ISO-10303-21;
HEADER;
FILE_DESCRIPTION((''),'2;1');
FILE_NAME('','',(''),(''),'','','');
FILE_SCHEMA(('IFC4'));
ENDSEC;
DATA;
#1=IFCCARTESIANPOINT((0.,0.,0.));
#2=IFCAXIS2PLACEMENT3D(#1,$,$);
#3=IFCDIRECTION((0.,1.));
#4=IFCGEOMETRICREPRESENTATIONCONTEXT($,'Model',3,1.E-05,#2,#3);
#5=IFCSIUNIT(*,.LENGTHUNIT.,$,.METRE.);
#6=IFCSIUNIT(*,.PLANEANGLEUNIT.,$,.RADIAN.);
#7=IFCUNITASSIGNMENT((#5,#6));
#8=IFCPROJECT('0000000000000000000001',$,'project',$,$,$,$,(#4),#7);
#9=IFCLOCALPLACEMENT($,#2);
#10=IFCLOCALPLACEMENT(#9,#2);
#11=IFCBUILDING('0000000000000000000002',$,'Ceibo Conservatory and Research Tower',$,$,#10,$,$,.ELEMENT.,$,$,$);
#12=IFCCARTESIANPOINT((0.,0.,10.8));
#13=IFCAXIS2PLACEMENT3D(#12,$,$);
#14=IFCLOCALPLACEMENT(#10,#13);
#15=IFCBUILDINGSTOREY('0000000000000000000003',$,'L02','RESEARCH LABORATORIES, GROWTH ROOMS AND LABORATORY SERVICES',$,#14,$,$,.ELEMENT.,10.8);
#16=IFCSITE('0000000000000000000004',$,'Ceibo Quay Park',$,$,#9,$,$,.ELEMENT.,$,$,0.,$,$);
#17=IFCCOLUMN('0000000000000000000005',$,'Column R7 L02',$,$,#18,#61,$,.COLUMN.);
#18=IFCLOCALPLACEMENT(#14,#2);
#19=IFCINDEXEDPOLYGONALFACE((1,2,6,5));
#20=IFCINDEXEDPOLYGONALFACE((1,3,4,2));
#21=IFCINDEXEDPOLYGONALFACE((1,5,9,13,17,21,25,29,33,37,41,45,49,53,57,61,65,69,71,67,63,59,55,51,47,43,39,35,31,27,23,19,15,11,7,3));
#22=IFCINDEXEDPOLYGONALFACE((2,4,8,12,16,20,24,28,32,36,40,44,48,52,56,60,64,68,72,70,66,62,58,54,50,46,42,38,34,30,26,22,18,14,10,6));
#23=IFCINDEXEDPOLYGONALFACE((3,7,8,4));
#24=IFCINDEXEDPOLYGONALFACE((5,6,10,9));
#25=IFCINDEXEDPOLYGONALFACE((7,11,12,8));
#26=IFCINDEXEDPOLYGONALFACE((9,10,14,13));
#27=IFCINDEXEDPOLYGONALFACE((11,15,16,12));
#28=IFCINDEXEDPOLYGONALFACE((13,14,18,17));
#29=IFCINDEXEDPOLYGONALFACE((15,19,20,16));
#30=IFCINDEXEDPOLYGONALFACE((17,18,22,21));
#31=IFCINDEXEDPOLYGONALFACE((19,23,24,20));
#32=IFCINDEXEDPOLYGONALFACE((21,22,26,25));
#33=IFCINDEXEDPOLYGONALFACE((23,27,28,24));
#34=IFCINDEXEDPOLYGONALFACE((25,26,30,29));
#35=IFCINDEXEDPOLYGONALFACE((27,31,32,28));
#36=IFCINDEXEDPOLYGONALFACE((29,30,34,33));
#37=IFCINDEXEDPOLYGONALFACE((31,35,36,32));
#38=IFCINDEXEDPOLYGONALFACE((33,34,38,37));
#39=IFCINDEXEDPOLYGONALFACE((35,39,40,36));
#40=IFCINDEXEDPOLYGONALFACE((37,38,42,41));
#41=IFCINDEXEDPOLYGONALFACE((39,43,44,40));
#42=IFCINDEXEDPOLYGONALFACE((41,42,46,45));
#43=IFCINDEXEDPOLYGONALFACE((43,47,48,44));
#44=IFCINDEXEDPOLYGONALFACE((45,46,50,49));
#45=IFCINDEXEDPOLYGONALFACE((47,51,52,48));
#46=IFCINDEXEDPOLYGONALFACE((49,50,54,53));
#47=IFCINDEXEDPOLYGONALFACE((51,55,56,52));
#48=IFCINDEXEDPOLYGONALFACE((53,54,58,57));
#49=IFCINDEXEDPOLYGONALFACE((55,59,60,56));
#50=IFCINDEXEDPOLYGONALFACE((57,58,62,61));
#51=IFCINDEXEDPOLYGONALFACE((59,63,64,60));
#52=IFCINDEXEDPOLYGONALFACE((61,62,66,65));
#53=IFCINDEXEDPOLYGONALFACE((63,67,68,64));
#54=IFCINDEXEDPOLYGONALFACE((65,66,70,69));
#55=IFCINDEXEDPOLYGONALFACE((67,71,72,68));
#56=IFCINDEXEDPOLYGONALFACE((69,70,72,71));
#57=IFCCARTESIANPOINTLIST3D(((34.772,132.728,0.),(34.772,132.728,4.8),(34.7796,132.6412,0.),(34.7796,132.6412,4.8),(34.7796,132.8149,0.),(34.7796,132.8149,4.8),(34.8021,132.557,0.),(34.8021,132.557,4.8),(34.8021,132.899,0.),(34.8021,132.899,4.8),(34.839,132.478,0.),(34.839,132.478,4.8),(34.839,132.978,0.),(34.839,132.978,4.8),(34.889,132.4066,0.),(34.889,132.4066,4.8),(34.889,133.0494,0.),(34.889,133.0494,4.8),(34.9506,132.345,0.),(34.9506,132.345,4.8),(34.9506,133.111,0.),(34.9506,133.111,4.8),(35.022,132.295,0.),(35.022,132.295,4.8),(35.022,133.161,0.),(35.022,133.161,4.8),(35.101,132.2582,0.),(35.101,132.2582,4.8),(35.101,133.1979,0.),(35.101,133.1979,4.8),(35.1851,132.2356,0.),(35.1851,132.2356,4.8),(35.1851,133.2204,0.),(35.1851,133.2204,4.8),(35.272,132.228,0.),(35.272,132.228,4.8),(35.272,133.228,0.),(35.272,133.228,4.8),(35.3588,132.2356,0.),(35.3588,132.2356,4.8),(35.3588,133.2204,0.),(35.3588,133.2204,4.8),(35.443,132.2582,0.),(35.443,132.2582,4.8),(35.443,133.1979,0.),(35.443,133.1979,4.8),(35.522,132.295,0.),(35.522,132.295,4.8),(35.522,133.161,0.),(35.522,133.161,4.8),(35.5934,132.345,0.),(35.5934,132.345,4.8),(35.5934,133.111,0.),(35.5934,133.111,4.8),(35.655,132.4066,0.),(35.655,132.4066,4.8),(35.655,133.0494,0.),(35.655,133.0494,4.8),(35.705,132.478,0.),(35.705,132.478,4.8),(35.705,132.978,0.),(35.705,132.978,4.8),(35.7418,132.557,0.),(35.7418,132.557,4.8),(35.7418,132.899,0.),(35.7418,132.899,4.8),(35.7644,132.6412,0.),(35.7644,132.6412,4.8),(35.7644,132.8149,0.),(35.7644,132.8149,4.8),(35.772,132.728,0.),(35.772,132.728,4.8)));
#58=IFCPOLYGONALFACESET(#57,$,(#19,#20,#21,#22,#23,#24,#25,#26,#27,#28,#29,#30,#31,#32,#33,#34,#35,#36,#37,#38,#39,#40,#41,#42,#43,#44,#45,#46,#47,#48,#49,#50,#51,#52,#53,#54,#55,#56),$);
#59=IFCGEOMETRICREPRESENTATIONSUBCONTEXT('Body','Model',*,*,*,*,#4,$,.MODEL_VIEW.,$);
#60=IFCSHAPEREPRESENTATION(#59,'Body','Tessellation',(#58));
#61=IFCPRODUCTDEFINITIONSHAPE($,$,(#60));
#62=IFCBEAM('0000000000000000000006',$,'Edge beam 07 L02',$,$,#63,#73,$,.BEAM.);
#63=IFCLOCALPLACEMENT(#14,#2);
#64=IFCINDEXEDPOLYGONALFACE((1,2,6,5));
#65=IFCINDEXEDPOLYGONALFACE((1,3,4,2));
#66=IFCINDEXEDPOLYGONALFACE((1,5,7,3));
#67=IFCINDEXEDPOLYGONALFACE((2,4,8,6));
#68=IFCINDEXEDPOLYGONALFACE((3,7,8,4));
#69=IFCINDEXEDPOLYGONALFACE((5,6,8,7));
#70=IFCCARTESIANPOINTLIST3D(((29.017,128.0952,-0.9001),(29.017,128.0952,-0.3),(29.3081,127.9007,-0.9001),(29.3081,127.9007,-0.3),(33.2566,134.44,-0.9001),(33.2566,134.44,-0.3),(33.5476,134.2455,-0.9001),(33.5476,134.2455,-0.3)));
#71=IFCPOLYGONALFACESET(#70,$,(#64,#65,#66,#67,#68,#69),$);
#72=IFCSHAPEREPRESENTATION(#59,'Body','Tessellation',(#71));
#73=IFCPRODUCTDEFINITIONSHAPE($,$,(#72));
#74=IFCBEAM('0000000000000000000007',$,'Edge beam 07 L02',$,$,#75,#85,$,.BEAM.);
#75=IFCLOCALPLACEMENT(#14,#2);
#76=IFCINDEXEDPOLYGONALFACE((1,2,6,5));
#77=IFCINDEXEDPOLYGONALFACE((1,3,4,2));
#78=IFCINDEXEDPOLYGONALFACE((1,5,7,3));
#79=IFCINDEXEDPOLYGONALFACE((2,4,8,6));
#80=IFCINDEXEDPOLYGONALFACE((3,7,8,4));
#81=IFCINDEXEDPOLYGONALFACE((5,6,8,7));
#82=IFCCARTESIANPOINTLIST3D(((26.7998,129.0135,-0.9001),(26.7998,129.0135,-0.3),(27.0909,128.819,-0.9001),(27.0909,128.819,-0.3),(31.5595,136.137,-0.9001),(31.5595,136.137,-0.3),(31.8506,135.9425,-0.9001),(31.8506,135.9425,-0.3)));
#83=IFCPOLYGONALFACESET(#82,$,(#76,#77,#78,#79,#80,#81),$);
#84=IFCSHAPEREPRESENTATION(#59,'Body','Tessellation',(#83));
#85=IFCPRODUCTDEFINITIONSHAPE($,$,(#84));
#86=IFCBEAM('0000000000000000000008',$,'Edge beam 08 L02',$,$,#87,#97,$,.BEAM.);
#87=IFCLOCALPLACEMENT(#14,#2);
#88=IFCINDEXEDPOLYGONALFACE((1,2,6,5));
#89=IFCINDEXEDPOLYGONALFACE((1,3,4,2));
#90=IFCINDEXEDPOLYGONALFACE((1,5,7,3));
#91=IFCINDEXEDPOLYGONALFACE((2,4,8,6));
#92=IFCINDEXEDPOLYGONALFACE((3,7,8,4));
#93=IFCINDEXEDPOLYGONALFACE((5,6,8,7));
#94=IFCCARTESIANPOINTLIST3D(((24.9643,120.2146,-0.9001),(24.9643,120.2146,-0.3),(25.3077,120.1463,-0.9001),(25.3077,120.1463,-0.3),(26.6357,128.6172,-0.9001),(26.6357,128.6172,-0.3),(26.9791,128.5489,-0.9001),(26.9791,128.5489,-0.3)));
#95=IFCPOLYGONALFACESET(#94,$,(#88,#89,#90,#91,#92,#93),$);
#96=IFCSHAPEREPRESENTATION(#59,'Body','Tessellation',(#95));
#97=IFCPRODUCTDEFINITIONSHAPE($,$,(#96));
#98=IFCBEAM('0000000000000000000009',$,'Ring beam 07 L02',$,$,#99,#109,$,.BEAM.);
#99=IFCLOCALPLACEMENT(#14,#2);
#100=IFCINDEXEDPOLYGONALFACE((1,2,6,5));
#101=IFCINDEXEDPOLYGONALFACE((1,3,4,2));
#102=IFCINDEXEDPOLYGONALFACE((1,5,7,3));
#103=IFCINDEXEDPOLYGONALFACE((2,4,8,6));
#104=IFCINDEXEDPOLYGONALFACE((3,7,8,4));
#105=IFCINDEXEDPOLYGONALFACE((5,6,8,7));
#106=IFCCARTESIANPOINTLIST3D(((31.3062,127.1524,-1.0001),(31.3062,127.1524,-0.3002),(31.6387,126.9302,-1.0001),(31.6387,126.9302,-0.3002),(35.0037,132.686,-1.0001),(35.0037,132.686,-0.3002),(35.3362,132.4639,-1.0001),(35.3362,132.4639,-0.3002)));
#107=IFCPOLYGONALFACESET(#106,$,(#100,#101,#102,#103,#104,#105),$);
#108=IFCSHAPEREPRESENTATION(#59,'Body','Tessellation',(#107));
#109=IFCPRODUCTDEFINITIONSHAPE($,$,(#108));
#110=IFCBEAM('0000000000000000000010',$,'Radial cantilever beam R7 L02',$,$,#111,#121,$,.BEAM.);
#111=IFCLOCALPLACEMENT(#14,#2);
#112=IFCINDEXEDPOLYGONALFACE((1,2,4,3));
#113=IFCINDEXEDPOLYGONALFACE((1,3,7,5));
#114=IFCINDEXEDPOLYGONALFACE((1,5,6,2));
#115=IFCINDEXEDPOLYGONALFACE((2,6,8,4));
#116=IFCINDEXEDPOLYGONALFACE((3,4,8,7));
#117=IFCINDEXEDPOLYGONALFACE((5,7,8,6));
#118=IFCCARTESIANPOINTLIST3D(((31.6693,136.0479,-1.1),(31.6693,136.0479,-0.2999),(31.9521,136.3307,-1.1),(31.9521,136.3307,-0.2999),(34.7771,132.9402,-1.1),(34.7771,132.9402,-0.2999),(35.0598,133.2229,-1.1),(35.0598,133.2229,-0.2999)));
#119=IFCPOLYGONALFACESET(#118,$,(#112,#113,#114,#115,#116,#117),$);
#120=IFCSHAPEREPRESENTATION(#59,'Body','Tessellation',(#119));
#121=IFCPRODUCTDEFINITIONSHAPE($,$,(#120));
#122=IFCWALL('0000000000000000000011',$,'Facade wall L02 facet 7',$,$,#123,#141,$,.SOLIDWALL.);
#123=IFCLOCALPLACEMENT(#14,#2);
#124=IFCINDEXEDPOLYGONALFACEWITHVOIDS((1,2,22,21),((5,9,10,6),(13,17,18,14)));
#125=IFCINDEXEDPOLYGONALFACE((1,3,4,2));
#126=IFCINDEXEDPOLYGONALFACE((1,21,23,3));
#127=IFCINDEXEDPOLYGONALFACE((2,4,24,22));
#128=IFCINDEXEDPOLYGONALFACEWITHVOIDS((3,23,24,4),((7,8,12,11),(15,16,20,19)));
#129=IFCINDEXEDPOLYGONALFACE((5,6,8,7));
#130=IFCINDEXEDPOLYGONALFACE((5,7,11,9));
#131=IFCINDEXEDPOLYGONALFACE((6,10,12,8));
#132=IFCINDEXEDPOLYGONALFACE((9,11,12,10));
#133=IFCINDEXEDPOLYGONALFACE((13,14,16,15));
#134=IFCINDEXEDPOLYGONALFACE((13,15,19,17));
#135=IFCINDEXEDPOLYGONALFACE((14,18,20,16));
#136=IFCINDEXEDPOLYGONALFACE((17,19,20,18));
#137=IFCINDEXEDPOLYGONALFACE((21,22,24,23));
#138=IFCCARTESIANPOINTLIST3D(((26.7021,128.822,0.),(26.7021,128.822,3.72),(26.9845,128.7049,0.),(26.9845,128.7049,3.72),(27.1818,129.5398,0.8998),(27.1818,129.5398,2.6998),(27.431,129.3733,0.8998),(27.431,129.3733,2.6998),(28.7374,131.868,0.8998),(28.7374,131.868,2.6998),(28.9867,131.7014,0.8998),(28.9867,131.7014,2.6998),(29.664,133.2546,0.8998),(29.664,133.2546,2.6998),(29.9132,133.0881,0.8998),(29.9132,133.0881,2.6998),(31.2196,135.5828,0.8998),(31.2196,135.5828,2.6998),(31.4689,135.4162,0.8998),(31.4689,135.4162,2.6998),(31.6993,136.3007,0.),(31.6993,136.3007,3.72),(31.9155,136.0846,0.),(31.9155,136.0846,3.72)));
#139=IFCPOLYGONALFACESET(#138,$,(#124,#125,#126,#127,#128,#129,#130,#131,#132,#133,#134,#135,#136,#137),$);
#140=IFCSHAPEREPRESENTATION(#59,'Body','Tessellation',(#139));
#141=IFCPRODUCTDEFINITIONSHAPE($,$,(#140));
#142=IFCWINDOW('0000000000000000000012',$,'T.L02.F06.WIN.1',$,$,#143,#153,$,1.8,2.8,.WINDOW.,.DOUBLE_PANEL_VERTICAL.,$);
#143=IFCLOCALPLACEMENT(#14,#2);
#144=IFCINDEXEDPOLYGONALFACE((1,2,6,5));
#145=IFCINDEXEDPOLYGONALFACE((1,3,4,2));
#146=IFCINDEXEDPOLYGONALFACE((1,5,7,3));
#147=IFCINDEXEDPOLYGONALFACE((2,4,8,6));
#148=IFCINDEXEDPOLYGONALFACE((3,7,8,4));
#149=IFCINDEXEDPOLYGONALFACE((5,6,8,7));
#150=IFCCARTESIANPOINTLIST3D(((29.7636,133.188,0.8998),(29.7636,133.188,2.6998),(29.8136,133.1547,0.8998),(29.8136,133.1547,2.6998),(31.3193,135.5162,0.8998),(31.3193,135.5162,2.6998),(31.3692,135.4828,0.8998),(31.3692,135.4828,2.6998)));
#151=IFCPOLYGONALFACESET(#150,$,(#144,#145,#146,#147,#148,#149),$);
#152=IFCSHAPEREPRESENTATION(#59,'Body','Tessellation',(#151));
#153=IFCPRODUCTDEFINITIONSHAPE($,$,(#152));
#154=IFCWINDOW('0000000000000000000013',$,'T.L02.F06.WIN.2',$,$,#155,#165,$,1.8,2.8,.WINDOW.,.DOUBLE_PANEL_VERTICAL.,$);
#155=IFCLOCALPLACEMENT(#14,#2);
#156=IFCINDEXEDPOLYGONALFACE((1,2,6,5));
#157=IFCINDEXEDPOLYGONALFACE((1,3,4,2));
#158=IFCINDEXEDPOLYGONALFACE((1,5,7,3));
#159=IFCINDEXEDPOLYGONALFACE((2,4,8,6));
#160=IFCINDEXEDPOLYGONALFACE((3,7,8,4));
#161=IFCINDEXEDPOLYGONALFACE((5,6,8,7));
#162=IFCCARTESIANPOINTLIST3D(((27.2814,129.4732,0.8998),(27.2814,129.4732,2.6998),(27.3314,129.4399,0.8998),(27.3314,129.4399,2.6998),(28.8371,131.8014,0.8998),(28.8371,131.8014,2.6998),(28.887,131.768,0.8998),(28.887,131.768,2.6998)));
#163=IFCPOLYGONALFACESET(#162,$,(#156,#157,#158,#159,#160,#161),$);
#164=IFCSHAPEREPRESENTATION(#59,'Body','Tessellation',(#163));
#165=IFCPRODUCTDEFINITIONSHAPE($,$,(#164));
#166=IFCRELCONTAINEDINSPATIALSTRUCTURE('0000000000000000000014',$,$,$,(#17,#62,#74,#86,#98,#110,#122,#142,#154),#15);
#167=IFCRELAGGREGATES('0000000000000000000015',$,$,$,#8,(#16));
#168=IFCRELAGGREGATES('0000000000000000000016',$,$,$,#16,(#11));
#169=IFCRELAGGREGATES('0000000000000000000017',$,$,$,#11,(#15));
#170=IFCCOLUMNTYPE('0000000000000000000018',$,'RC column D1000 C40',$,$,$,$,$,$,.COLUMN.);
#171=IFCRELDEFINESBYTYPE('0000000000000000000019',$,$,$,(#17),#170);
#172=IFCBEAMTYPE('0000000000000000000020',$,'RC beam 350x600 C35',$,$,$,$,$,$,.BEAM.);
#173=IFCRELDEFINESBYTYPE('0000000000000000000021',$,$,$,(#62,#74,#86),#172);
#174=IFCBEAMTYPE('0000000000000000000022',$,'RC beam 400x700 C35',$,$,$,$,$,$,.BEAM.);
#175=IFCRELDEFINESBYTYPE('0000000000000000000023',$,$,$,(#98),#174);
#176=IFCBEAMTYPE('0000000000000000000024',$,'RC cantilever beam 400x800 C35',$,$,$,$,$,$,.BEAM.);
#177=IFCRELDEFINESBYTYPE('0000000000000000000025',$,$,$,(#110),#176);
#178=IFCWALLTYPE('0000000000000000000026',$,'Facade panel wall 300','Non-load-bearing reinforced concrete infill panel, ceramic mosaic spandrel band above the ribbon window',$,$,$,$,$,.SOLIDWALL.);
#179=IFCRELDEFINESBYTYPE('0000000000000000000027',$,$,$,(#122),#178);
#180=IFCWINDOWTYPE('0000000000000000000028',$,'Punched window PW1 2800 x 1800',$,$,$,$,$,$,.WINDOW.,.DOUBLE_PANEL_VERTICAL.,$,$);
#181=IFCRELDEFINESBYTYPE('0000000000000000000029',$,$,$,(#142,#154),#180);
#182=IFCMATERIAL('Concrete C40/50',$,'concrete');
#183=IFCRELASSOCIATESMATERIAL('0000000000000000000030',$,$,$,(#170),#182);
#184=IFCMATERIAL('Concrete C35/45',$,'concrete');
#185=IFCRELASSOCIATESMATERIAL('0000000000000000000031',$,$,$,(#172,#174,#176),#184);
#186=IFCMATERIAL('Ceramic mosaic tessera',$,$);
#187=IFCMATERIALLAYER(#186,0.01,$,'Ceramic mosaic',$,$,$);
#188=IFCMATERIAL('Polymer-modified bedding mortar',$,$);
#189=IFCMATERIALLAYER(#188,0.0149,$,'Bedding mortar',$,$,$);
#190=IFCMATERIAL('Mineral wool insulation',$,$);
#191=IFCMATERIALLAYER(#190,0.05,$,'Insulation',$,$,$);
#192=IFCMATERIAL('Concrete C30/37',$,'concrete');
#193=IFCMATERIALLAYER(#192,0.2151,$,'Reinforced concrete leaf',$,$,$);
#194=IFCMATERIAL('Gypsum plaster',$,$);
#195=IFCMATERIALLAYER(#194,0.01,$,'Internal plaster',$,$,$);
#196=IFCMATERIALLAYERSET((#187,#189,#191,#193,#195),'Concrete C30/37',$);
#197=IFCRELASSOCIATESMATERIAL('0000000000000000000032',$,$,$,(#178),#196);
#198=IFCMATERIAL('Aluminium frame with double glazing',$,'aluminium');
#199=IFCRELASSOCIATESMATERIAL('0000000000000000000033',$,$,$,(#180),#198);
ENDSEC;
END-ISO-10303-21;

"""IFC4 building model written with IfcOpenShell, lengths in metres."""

from ifc_helpers import new_model, si_unit, direction, frame, frame_2d, origin, origin_2d, place, context, subcontext, project, spatial, polyline, rectangle, circle, outline, extrude, material, layer, layer_set, material_profile, profile_set, type_object, element, fill, save


model = new_model("IFC4")

# Units and contexts
model_context = context("Model", 3, precision=1e-05, world=origin(), true_north=direction((0.0, 1.0)))
body_context = subcontext(model_context, "Body", "Model", "MODEL_VIEW")
ifc_project = project(units=[si_unit("LENGTHUNIT", "METRE"), si_unit("PLANEANGLEUNIT", "RADIAN")], contexts=[model_context])

# Site, building, storey
site_placement = place(None, origin())
site = spatial("IfcSite", under=ifc_project, at=site_placement, Name="Ceibo Quay Park", CompositionType="ELEMENT", RefElevation=0.0)
building_placement = place(site_placement, origin())
building = spatial("IfcBuilding", under=site, at=building_placement, Name="Ceibo Conservatory and Research Tower", CompositionType="ELEMENT")
storey_placement = place(building_placement, frame((0.0, 0.0, 10.8)))
storey = spatial("IfcBuildingStorey", under=building, at=storey_placement, Name="L02", Description="RESEARCH LABORATORIES, GROWTH ROOMS AND LABORATORY SERVICES", CompositionType="ELEMENT", Elevation=10.8)

# Column
ifc_material_1 = material(Name="Concrete C40/50", Category="concrete")
ifc_material_profile_1 = material_profile(ifc_material_1, circle(Radius=0.5, at=origin_2d()), Name="RC D1000")
ifc_profile_set_1 = profile_set([ifc_material_profile_1], Name="Concrete C40/50")
column_type = type_object("IfcColumnType", Name="RC column D1000 C40", PredefinedType="COLUMN", material=ifc_profile_set_1)
column_placement = place(storey_placement, frame((35.272, 132.728, 0.0), z_axis=(0.0, 0.0, 1.0), x_axis=(1.0, 0.0, 0.0)))
element("IfcColumn", 1, at=column_placement, inside=storey, type_object=column_type, Name="Column R7 L02", PredefinedType="COLUMN", context=body_context, shape_type="SweptSolid", body=[
    extrude(circle(Radius=0.5, at=origin_2d()), origin(), (0.0, 0.0, 1.0), 4.8),
])

# Beams
ifc_material_2 = material(Name="Concrete C35/45", Category="concrete")
ifc_material_profile_2 = material_profile(ifc_material_2, rectangle(XDim=0.3501, YDim=0.6001, at=origin_2d()), Name="RC 350x600")
ifc_profile_set_2 = profile_set([ifc_material_profile_2], Name="Concrete C35/45")
beam_type_1 = type_object("IfcBeamType", Name="RC beam 350x600 C35", PredefinedType="BEAM", material=ifc_profile_set_2)
beam_1_placement = place(storey_placement, frame((33.4021, 134.3428, -0.6001), z_axis=(-0.555578, -0.831464, 0.0), x_axis=(0.831464, -0.555578, 0.0)))
element("IfcBeam", 2, at=beam_1_placement, inside=storey, type_object=beam_type_1, Name="Edge beam 07 L02", PredefinedType="BEAM", context=body_context, shape_type="SweptSolid", body=[
    extrude(rectangle(XDim=0.3501, YDim=0.6001, at=origin_2d()), origin(), (0.0, 0.0, 1.0), 7.6309),
])
beam_2_placement = place(storey_placement, frame((31.7051, 136.0398, -0.6001), z_axis=(-0.555568, -0.831471, 0.0), x_axis=(0.831471, -0.555568, 0.0)))
element("IfcBeam", 3, at=beam_2_placement, inside=storey, type_object=beam_type_1, Name="Edge beam 07 L02", PredefinedType="BEAM", context=body_context, shape_type="SweptSolid", body=[
    extrude(rectangle(XDim=0.3501, YDim=0.6001, at=origin_2d()), origin(), (0.0, 0.0, 1.0), 8.5674),
])
beam_3_placement = place(storey_placement, frame((26.8074, 128.583, -0.6001), z_axis=(-0.195091, -0.980785, 0.0), x_axis=(0.980785, -0.195091, 0.0)))
element("IfcBeam", 4, at=beam_3_placement, inside=storey, type_object=beam_type_1, Name="Edge beam 08 L02", PredefinedType="BEAM", context=body_context, shape_type="SweptSolid", body=[
    extrude(rectangle(XDim=0.3501, YDim=0.6001, at=origin_2d()), origin(), (0.0, 0.0, 1.0), 8.5671),
])
ifc_material_profile_3 = material_profile(ifc_material_2, rectangle(XDim=0.3999, YDim=0.7, at=origin_2d()), Name="RC 400x700")
ifc_profile_set_3 = profile_set([ifc_material_profile_3], Name="Concrete C35/45")
beam_type_2 = type_object("IfcBeamType", Name="RC beam 400x700 C35", PredefinedType="BEAM", material=ifc_profile_set_3)
beam_4_placement = place(storey_placement, frame((35.1699, 132.575, -0.6501), z_axis=(-0.555572, -0.831469, 0.0), x_axis=(0.831469, -0.555572, 0.0)))
element("IfcBeam", 5, at=beam_4_placement, inside=storey, type_object=beam_type_2, Name="Ring beam 07 L02", PredefinedType="BEAM", context=body_context, shape_type="SweptSolid", body=[
    extrude(rectangle(XDim=0.3999, YDim=0.7, at=origin_2d()), origin(), (0.0, 0.0, 1.0), 6.6553),
])
ifc_material_profile_4 = material_profile(ifc_material_2, rectangle(XDim=0.3999, YDim=0.8, at=origin_2d()), Name="RC 400x800")
ifc_profile_set_4 = profile_set([ifc_material_profile_4], Name="Concrete C35/45")
beam_type_3 = type_object("IfcBeamType", Name="RC cantilever beam 400x800 C35", PredefinedType="BEAM", material=ifc_profile_set_4)
beam_5_placement = place(storey_placement, frame((34.9185, 133.0815, -0.7), z_axis=(-0.707107, 0.707107, 0.0), x_axis=(-0.707107, -0.707107, 0.0)))
element("IfcBeam", 6, at=beam_5_placement, inside=storey, type_object=beam_type_3, Name="Radial cantilever beam R7 L02", PredefinedType="BEAM", context=body_context, shape_type="SweptSolid", body=[
    extrude(rectangle(XDim=0.3999, YDim=0.8, at=origin_2d()), origin(), (0.0, 0.0, 1.0), 4.395),
])

# Wall, openings, windows
ifc_material_3 = material(Name="Ceramic mosaic tessera")
ifc_layer_1 = layer(ifc_material_3, 0.01, Name="Ceramic mosaic")
ifc_material_4 = material(Name="Polymer-modified bedding mortar")
ifc_layer_2 = layer(ifc_material_4, 0.0149, Name="Bedding mortar")
ifc_material_5 = material(Name="Mineral wool insulation")
ifc_layer_3 = layer(ifc_material_5, 0.05, Name="Insulation")
ifc_material_6 = material(Name="Concrete C30/37", Category="concrete")
ifc_layer_4 = layer(ifc_material_6, 0.2151, Name="Reinforced concrete leaf")
ifc_material_7 = material(Name="Gypsum plaster")
ifc_layer_5 = layer(ifc_material_7, 0.01, Name="Internal plaster")
ifc_layer_set_1 = layer_set([ifc_layer_1, ifc_layer_2, ifc_layer_3, ifc_layer_4, ifc_layer_5], Name="Concrete C30/37")
wall_type_1 = type_object("IfcWallType", Name="Facade panel wall 300", Description="Non-load-bearing reinforced concrete infill panel, ceramic mosaic spandrel band above the ribbon window", PredefinedType="SOLIDWALL", material=ifc_layer_set_1)
wall_1_placement = place(storey_placement, frame((31.8074, 136.1926, 0.0), z_axis=(0.0, 0.0, 1.0), x_axis=(-0.555576, -0.831466, 0.0)))
wall_1 = element("IfcWall", 7, at=wall_1_placement, inside=storey, type_object=wall_type_1, Name="Facade wall L02 facet 7", PredefinedType="SOLIDWALL", context=body_context, shape_type="SweptSolid", body=[
    extrude(outline(polyline([(-0.0298, -0.1499), (8.9648, -0.1499), (8.9053, 0.1499), (0.0298, 0.1499), (-0.0298, -0.1499)])), origin(), (0.0, 0.0, 1.0), 3.72),
])
opening_1_placement = place(wall_1_placement, frame((0.8337, 0.0, 0.8999)))
opening_1 = element("IfcOpeningElement", 8, at=opening_1_placement, cuts=wall_1, PredefinedType="OPENING", context=body_context, shape_type="SweptSolid", body=[
    extrude(rectangle(XDim=2.8, YDim=1.8, at=frame_2d((1.3999, 0.8999))), frame((0.0, 0.1599, 0.0), z_axis=(0.0, -1.0, 0.0), x_axis=(1.0, 0.0, 0.0)), (0.0, 0.0, 1.0), 0.3201),
])
opening_2_placement = place(wall_1_placement, frame((5.3015, 0.0, 0.8999)))
opening_2 = element("IfcOpeningElement", 9, at=opening_2_placement, cuts=wall_1, PredefinedType="OPENING", context=body_context, shape_type="SweptSolid", body=[
    extrude(rectangle(XDim=2.8, YDim=1.8, at=frame_2d((1.3999, 0.8999))), frame((0.0, 0.1599, 0.0), z_axis=(0.0, -1.0, 0.0), x_axis=(1.0, 0.0, 0.0)), (0.0, 0.0, 1.0), 0.3201),
])
ifc_material_8 = material(Name="Aluminium frame with double glazing", Category="aluminium")
window_type = type_object("IfcWindowType", Name="Punched window PW1 2800 x 1800", PartitioningType="DOUBLE_PANEL_VERTICAL", PredefinedType="WINDOW", material=ifc_material_8)
window_1_placement = place(opening_1_placement, origin())
window_1 = element("IfcWindow", 10, at=window_1_placement, inside=storey, type_object=window_type, Name="T.L02.F06.WIN.1", OverallHeight=1.8, OverallWidth=2.8, PartitioningType="DOUBLE_PANEL_VERTICAL", PredefinedType="WINDOW", context=body_context, shape_type="SweptSolid", body=[
    extrude(rectangle(XDim=2.8, YDim=1.8, at=frame_2d((1.3999, 0.8999))), frame((0.0, 0.03, 0.0), z_axis=(0.0, -1.0, 0.0), x_axis=(1.0, 0.0, 0.0)), (0.0, 0.0, 1.0), 0.0601),
])
fill(opening_1, window_1)
window_2_placement = place(opening_2_placement, origin())
window_2 = element("IfcWindow", 11, at=window_2_placement, inside=storey, type_object=window_type, Name="T.L02.F06.WIN.2", OverallHeight=1.8, OverallWidth=2.8, PartitioningType="DOUBLE_PANEL_VERTICAL", PredefinedType="WINDOW", context=body_context, shape_type="SweptSolid", body=[
    extrude(rectangle(XDim=2.8, YDim=1.8, at=frame_2d((1.3999, 0.8999))), frame((0.0, 0.03, 0.0), z_axis=(0.0, -1.0, 0.0), x_axis=(1.0, 0.0, 0.0)), (0.0, 0.0, 1.0), 0.0601),
])
fill(opening_2, window_2)

save(model, "model.ifc")
